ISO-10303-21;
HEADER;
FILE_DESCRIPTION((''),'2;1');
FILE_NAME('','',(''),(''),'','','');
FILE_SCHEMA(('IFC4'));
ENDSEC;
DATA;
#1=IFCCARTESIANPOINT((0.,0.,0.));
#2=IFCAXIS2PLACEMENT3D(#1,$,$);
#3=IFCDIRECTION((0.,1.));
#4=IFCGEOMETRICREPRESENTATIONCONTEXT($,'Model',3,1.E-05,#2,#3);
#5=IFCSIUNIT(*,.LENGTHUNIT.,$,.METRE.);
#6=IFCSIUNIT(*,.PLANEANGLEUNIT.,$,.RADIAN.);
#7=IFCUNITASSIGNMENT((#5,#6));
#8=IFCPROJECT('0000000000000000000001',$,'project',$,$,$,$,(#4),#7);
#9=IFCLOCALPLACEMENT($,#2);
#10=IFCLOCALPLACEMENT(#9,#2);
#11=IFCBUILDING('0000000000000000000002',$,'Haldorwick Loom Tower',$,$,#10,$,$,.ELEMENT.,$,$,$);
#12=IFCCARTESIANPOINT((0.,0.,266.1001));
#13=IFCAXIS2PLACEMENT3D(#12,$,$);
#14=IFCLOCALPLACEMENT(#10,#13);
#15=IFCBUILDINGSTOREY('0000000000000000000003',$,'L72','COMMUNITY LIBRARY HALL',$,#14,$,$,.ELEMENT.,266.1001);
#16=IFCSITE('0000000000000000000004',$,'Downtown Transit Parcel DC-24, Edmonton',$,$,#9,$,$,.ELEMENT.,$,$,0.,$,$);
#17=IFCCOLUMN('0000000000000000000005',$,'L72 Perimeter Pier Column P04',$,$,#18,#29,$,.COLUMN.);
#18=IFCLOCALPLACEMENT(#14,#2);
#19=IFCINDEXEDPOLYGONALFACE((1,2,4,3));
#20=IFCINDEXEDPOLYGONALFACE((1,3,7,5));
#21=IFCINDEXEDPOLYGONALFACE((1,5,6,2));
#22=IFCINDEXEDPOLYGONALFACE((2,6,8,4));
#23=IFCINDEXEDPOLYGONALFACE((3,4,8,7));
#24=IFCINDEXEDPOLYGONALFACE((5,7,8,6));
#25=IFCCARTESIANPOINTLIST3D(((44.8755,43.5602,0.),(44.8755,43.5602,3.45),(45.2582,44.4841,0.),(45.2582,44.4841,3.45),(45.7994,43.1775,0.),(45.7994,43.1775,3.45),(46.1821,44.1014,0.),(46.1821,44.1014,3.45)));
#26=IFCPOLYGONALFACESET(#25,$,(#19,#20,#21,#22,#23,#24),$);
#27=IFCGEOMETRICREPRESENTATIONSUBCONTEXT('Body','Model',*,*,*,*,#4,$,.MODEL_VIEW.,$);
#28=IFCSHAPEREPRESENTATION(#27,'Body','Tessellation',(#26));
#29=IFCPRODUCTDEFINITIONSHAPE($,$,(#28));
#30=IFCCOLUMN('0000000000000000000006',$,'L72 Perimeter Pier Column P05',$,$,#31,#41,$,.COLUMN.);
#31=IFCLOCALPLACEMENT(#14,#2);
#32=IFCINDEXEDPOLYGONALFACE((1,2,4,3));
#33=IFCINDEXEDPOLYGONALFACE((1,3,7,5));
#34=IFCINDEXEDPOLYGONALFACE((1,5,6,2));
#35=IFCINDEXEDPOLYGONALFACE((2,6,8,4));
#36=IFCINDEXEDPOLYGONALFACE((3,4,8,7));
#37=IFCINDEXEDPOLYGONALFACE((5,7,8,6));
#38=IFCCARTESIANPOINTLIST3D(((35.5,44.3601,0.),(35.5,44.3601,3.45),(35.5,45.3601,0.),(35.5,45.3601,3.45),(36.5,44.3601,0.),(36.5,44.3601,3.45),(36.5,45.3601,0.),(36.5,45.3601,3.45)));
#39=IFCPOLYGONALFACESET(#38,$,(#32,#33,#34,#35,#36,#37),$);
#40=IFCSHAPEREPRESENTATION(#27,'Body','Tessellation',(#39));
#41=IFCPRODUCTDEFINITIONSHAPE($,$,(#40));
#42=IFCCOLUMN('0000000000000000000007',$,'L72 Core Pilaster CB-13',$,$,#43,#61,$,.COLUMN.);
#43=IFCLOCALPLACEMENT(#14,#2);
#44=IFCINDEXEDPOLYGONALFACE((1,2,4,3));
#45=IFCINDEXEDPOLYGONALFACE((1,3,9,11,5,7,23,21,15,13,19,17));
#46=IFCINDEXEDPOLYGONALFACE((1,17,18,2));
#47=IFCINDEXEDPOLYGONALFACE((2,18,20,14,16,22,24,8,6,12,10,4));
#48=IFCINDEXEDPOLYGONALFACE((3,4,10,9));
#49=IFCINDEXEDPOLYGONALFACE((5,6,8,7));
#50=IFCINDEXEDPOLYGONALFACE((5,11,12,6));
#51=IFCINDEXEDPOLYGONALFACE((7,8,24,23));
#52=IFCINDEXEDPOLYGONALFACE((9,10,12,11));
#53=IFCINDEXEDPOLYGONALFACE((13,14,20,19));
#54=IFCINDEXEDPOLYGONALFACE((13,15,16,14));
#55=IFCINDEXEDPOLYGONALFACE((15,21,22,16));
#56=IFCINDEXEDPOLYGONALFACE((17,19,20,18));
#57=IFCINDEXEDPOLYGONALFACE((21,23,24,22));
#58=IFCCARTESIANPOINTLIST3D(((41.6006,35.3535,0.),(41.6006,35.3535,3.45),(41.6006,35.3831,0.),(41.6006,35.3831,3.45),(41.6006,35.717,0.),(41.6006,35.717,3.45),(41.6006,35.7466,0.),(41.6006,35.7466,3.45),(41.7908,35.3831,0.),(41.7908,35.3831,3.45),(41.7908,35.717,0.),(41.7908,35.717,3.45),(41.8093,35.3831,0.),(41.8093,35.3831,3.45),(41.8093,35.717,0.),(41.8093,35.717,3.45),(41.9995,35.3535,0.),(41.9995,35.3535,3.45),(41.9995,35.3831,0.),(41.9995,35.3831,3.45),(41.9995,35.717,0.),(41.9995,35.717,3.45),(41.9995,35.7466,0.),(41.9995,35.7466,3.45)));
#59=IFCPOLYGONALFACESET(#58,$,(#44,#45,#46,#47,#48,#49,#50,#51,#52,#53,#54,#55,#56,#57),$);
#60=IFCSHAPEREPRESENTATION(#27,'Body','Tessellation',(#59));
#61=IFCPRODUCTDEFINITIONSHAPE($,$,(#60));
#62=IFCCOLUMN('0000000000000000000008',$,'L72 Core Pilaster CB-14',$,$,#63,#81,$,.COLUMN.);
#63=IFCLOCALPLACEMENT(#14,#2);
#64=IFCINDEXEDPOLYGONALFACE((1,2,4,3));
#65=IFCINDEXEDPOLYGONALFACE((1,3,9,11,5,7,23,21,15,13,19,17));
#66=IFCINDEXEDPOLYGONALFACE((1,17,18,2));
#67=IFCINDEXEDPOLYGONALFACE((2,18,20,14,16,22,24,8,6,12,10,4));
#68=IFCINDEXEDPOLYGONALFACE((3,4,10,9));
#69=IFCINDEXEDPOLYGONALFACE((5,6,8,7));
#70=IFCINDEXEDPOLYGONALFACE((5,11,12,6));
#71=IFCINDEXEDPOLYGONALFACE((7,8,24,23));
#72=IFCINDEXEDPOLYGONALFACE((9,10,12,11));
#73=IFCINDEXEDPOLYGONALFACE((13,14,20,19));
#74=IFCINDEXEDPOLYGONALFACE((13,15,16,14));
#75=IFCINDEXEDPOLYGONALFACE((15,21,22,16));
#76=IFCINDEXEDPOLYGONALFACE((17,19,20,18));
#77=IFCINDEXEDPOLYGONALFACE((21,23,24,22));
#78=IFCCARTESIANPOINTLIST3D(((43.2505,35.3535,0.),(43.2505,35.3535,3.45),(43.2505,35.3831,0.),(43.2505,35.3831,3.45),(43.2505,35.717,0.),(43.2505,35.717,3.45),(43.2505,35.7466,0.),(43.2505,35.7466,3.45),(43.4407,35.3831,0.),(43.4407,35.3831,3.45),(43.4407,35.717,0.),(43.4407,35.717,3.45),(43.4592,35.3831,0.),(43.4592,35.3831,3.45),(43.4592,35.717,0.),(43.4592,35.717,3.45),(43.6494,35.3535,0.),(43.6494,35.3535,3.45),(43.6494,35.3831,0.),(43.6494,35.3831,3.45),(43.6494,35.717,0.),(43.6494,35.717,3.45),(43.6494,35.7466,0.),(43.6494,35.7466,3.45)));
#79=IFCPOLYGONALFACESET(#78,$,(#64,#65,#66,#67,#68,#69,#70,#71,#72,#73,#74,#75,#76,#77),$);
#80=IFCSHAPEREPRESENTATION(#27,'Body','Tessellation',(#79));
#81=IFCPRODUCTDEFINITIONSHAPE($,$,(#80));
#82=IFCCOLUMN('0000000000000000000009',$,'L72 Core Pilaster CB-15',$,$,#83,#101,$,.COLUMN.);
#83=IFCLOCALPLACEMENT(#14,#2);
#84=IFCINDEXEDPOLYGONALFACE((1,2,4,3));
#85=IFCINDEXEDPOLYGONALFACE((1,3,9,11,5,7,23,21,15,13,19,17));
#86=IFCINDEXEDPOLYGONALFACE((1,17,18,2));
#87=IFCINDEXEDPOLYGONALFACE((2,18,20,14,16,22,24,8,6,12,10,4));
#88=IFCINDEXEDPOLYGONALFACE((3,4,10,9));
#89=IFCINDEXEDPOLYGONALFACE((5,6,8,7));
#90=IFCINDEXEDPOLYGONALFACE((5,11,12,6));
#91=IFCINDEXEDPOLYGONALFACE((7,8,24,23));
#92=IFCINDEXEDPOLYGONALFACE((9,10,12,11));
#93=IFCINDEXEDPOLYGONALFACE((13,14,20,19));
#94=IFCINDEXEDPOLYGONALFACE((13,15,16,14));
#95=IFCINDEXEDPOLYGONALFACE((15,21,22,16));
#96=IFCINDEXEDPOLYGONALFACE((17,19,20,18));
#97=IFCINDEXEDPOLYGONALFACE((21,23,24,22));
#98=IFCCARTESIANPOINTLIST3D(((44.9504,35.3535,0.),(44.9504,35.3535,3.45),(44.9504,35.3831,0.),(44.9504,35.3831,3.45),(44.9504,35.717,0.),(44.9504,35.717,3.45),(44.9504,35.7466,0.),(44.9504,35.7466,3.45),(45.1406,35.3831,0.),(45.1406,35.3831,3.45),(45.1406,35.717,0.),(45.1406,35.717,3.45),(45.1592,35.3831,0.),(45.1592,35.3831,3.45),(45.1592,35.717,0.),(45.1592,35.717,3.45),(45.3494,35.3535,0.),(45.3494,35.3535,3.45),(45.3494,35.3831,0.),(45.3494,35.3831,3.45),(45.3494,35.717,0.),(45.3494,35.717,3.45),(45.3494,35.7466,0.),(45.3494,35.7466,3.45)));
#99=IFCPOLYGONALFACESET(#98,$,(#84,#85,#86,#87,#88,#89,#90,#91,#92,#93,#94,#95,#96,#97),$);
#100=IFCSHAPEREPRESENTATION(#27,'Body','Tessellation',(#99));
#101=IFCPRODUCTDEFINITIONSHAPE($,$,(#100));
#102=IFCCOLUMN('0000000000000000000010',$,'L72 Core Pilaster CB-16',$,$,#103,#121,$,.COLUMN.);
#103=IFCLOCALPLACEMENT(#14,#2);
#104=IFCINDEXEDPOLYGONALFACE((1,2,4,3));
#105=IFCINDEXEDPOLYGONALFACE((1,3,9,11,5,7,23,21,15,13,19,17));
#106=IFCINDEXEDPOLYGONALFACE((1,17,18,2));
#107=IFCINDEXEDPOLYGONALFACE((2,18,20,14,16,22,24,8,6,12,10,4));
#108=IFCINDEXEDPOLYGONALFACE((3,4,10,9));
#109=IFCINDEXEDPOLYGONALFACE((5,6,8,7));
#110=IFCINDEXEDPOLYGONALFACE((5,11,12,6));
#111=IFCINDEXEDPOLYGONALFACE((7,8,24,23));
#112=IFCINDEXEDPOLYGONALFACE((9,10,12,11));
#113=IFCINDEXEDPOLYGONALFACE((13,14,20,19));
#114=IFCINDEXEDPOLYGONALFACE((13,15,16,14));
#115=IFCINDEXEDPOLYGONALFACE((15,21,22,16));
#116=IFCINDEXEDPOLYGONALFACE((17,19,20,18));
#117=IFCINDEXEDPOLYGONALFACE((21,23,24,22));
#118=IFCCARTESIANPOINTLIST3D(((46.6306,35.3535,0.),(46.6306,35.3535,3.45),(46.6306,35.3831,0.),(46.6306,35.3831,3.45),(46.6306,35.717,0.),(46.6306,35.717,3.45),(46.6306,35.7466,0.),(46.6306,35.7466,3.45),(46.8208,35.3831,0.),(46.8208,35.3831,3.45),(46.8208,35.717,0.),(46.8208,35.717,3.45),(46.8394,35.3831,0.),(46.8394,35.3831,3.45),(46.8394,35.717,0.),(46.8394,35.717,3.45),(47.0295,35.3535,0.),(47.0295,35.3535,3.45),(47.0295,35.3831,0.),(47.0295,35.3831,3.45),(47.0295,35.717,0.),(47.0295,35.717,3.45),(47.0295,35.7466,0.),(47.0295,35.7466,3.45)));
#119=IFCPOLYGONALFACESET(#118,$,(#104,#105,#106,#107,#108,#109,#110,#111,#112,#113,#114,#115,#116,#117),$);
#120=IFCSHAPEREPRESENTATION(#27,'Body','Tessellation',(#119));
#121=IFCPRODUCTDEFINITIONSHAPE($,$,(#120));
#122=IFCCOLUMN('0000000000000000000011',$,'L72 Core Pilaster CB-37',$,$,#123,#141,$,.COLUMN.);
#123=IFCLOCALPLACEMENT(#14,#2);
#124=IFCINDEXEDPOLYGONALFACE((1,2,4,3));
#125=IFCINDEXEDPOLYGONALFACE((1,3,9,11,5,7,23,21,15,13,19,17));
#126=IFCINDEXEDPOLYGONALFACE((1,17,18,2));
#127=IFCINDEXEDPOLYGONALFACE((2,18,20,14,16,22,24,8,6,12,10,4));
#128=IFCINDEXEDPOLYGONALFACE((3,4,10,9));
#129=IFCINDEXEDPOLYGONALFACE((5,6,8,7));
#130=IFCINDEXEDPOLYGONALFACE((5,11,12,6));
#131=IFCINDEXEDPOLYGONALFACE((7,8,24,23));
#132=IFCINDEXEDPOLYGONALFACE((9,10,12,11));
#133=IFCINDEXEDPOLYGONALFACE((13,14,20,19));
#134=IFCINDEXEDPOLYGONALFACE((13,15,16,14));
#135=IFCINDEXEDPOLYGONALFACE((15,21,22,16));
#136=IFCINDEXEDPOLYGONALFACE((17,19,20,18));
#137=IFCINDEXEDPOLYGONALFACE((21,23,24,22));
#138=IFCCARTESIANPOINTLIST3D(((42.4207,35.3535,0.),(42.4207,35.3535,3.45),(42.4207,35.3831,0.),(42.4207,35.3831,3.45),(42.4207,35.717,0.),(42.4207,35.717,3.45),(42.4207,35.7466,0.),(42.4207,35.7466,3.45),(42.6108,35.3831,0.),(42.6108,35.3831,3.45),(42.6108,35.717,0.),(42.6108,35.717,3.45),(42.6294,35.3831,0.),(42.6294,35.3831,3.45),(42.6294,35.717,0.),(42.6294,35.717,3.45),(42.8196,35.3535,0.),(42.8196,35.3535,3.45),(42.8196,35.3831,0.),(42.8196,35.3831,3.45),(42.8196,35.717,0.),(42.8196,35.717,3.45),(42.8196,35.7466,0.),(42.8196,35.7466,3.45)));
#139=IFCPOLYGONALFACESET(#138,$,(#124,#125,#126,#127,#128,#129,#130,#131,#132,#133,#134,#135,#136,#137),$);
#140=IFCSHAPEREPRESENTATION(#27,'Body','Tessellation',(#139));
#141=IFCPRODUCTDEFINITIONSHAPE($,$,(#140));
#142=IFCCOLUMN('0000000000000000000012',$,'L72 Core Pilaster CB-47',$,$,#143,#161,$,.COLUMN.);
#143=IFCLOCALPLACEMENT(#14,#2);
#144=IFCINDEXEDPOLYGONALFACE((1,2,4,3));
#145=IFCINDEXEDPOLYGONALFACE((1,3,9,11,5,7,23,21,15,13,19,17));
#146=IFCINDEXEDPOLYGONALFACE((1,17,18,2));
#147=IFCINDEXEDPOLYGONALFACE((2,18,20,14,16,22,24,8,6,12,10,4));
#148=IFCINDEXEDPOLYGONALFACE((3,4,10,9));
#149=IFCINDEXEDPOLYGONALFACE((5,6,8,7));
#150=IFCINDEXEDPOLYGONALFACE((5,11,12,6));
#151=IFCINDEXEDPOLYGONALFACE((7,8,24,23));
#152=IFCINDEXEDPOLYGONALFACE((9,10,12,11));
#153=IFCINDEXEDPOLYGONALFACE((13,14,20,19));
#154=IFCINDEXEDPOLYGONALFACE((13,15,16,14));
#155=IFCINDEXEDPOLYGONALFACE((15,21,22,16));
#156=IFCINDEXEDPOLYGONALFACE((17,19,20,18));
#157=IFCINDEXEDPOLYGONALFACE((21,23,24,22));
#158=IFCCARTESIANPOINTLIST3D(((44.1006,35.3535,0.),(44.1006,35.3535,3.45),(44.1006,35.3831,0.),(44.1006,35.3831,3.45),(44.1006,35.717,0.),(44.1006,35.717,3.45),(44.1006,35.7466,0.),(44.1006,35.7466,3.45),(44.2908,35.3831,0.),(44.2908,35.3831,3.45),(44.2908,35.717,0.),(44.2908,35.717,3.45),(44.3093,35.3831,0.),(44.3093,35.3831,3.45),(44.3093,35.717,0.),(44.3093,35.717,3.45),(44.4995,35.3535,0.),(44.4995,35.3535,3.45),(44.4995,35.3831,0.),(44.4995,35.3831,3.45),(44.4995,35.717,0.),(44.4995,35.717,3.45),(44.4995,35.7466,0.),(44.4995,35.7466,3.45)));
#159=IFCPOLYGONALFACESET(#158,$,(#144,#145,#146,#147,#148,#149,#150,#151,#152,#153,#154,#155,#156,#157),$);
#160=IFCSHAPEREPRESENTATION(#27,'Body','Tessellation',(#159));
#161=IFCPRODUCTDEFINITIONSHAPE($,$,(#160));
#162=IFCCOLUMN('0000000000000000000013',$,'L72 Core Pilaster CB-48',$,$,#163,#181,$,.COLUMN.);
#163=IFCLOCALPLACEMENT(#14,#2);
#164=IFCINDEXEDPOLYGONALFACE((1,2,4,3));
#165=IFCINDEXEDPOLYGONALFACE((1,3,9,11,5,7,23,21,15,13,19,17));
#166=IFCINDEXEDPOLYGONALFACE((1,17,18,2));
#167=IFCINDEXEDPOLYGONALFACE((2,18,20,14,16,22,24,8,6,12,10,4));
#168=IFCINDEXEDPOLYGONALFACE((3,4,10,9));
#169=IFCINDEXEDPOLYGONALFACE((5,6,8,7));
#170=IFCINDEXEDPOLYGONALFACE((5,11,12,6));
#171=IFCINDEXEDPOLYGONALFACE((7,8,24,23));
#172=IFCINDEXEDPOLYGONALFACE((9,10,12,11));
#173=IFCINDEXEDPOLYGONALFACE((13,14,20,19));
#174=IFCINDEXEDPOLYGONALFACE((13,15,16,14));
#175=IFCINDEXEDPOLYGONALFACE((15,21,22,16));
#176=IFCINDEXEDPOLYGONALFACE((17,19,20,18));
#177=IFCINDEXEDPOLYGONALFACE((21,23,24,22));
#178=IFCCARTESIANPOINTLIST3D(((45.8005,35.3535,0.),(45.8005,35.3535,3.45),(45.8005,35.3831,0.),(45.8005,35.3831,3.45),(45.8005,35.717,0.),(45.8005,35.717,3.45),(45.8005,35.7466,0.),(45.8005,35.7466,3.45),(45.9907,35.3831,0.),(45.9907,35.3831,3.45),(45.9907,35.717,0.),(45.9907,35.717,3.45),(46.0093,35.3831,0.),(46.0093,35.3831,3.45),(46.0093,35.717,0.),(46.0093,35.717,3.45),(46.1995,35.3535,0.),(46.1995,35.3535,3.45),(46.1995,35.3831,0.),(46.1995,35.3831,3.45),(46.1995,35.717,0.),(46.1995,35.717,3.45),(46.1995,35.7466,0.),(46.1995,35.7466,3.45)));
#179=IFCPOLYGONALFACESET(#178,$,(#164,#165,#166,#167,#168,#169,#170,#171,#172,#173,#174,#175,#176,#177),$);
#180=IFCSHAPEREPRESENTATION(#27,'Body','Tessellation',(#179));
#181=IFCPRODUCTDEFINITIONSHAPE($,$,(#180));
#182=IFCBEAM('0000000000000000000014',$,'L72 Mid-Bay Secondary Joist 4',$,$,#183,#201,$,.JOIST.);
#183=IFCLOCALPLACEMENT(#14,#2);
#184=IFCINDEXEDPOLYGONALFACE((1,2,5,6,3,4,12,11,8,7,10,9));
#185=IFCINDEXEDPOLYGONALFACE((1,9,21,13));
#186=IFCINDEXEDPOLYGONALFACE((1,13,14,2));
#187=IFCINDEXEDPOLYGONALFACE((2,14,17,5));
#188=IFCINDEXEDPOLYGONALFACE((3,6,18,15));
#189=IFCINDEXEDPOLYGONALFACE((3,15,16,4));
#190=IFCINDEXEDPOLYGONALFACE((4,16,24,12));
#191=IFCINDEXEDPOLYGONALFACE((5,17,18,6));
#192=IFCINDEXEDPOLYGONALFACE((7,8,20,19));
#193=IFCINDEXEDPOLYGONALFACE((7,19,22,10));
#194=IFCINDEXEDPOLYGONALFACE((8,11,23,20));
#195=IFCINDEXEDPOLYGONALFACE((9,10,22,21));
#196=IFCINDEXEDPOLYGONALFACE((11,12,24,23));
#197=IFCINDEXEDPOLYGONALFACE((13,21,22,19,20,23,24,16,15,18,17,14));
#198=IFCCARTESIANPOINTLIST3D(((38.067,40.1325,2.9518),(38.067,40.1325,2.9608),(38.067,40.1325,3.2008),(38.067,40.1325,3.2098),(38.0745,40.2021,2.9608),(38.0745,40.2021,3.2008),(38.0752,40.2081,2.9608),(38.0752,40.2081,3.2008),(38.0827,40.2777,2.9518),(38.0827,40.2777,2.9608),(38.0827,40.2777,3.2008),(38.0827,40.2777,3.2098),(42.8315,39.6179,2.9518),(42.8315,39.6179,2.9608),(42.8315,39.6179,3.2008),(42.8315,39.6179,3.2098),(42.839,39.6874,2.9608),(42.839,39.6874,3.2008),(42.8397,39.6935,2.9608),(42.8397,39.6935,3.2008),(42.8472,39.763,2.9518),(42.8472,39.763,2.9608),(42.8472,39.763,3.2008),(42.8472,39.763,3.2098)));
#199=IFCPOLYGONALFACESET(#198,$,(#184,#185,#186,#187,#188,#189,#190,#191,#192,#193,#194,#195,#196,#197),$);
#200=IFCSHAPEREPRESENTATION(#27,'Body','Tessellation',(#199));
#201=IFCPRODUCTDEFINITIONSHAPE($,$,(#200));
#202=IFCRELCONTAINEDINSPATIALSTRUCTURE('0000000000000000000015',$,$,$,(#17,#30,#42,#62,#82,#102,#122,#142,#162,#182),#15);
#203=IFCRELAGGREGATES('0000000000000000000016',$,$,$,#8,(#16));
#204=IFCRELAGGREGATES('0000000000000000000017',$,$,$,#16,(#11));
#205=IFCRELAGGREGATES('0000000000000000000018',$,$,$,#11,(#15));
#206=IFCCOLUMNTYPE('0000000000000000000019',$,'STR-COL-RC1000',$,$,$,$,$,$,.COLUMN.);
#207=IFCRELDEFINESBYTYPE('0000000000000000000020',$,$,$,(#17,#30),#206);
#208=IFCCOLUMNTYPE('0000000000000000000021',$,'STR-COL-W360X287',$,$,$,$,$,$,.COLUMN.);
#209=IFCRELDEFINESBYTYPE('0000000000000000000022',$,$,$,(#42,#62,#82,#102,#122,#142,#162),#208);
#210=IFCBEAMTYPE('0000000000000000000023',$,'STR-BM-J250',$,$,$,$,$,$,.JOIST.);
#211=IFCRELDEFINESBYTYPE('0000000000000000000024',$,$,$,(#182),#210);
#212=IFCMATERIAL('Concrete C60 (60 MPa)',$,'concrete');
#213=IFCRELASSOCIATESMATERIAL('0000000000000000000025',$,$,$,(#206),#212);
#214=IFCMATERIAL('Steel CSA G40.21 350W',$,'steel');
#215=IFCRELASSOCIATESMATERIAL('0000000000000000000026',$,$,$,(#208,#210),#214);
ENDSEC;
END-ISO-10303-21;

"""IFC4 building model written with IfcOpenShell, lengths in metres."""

from ifc_helpers import new_model, si_unit, direction, frame, origin, origin_2d, place, context, subcontext, project, spatial, rectangle, i_section, extrude, material, material_profile, profile_set, type_object, element, save


model = new_model("IFC4")

# Units and contexts
model_context = context("Model", 3, precision=1e-05, world=origin(), true_north=direction((0.0, 1.0)))
body_context = subcontext(model_context, "Body", "Model", "MODEL_VIEW")
ifc_project = project(units=[si_unit("LENGTHUNIT", "METRE"), si_unit("PLANEANGLEUNIT", "RADIAN")], contexts=[model_context])

# Site, building, storey
site_placement = place(None, origin())
site = spatial("IfcSite", under=ifc_project, at=site_placement, Name="Downtown Transit Parcel DC-24, Edmonton", CompositionType="ELEMENT", RefElevation=0.0)
building_placement = place(site_placement, origin())
building = spatial("IfcBuilding", under=site, at=building_placement, Name="Haldorwick Loom Tower", CompositionType="ELEMENT")
storey_placement = place(building_placement, frame((0.0, 0.0, 266.1001)))
storey = spatial("IfcBuildingStorey", under=building, at=storey_placement, Name="L72", Description="COMMUNITY LIBRARY HALL", CompositionType="ELEMENT", Elevation=266.1001)

# Columns
ifc_material_1 = material(Name="Concrete C60 (60 MPa)", Category="concrete")
ifc_material_profile_1 = material_profile(ifc_material_1, rectangle(XDim=1.0, YDim=1.0, at=origin_2d()), Name="RC1000X1000", Category="concrete")
ifc_profile_set_1 = profile_set([ifc_material_profile_1], Name="Concrete C60 (60 MPa)")
column_type_1 = type_object("IfcColumnType", Name="STR-COL-RC1000", PredefinedType="COLUMN", material=ifc_profile_set_1)
for number, where, z_axis, x_axis, name in (
    (1, (45.5288, 43.8308, 0.0), (0.0, 0.0, 1.0), (0.382683, 0.92388, 0.0), "L72 Perimeter Pier Column P04"),
    (2, (36.0, 44.8601, 0.0), (0.0, 0.0, 1.0), (0.0, 1.0, 0.0), "L72 Perimeter Pier Column P05"),
):
    element("IfcColumn", number, at=place(storey_placement, frame(where, z_axis=z_axis, x_axis=x_axis)), inside=storey, type_object=column_type_1, Name=name, PredefinedType="COLUMN", context=body_context, shape_type="SweptSolid", body=[
        extrude(rectangle(XDim=1.0, YDim=1.0, at=origin_2d()), origin(), (0.0, 0.0, 1.0), 3.45),
    ])
ifc_material_2 = material(Name="Steel CSA G40.21 350W", Category="steel")
ifc_material_profile_2 = material_profile(ifc_material_2, i_section(OverallWidth=0.3989, OverallDepth=0.3931, WebThickness=0.0186, FlangeThickness=0.0295, at=origin_2d()), Name="W360X287", Category="steel")
ifc_profile_set_2 = profile_set([ifc_material_profile_2], Name="Steel CSA G40.21 350W")
column_type_2 = type_object("IfcColumnType", Name="STR-COL-W360X287", PredefinedType="COLUMN", material=ifc_profile_set_2)
for number, where, z_axis, x_axis, name in (
    (3, (41.8, 35.55, 0.0), (0.0, 0.0, 1.0), (1.0, 0.0, 0.0), "L72 Core Pilaster CB-13"),
    (4, (43.45, 35.55, 0.0), (0.0, 0.0, 1.0), (1.0, 0.0, 0.0), "L72 Core Pilaster CB-14"),
    (5, (45.1499, 35.55, 0.0), (0.0, 0.0, 1.0), (1.0, 0.0, 0.0), "L72 Core Pilaster CB-15"),
    (6, (46.8301, 35.55, 0.0), (0.0, 0.0, 1.0), (1.0, 0.0, 0.0), "L72 Core Pilaster CB-16"),
    (7, (42.6201, 35.55, 0.0), (0.0, 0.0, 1.0), (1.0, 0.0, 0.0), "L72 Core Pilaster CB-37"),
    (8, (44.3, 35.55, 0.0), (0.0, 0.0, 1.0), (1.0, 0.0, 0.0), "L72 Core Pilaster CB-47"),
    (9, (46.0, 35.55, 0.0), (0.0, 0.0, 1.0), (1.0, 0.0, 0.0), "L72 Core Pilaster CB-48"),
):
    element("IfcColumn", number, at=place(storey_placement, frame(where, z_axis=z_axis, x_axis=x_axis)), inside=storey, type_object=column_type_2, Name=name, PredefinedType="COLUMN", context=body_context, shape_type="SweptSolid", body=[
        extrude(i_section(OverallWidth=0.3989, OverallDepth=0.3931, WebThickness=0.0186, FlangeThickness=0.0295, at=origin_2d()), origin(), (0.0, 0.0, 1.0), 3.45),
    ])

# Beam
ifc_material_profile_3 = material_profile(ifc_material_2, i_section(OverallWidth=0.146, OverallDepth=0.2581, WebThickness=0.0061, FlangeThickness=0.009, at=origin_2d()), Name="W250X33", Category="steel")
ifc_profile_set_3 = profile_set([ifc_material_profile_3], Name="Steel CSA G40.21 350W")
beam_type_1 = type_object("IfcBeamType", Name="STR-BM-J250", PredefinedType="JOIST", material=ifc_profile_set_3)
beam_1_placement = place(storey_placement, frame((42.8394, 39.6904, 3.0808), z_axis=(-0.994216, 0.107395, 0.0), x_axis=(-0.107395, -0.994216, 0.0)))
element("IfcBeam", 10, at=beam_1_placement, inside=storey, type_object=beam_type_1, Name="L72 Mid-Bay Secondary Joist 4", PredefinedType="JOIST", context=body_context, shape_type="SweptSolid", body=[
    extrude(i_section(OverallWidth=0.146, OverallDepth=0.2581, WebThickness=0.0061, FlangeThickness=0.009, at=origin_2d()), origin(), (0.0, 0.0, 1.0), 4.7922),
])

save(model, "model.ifc")
